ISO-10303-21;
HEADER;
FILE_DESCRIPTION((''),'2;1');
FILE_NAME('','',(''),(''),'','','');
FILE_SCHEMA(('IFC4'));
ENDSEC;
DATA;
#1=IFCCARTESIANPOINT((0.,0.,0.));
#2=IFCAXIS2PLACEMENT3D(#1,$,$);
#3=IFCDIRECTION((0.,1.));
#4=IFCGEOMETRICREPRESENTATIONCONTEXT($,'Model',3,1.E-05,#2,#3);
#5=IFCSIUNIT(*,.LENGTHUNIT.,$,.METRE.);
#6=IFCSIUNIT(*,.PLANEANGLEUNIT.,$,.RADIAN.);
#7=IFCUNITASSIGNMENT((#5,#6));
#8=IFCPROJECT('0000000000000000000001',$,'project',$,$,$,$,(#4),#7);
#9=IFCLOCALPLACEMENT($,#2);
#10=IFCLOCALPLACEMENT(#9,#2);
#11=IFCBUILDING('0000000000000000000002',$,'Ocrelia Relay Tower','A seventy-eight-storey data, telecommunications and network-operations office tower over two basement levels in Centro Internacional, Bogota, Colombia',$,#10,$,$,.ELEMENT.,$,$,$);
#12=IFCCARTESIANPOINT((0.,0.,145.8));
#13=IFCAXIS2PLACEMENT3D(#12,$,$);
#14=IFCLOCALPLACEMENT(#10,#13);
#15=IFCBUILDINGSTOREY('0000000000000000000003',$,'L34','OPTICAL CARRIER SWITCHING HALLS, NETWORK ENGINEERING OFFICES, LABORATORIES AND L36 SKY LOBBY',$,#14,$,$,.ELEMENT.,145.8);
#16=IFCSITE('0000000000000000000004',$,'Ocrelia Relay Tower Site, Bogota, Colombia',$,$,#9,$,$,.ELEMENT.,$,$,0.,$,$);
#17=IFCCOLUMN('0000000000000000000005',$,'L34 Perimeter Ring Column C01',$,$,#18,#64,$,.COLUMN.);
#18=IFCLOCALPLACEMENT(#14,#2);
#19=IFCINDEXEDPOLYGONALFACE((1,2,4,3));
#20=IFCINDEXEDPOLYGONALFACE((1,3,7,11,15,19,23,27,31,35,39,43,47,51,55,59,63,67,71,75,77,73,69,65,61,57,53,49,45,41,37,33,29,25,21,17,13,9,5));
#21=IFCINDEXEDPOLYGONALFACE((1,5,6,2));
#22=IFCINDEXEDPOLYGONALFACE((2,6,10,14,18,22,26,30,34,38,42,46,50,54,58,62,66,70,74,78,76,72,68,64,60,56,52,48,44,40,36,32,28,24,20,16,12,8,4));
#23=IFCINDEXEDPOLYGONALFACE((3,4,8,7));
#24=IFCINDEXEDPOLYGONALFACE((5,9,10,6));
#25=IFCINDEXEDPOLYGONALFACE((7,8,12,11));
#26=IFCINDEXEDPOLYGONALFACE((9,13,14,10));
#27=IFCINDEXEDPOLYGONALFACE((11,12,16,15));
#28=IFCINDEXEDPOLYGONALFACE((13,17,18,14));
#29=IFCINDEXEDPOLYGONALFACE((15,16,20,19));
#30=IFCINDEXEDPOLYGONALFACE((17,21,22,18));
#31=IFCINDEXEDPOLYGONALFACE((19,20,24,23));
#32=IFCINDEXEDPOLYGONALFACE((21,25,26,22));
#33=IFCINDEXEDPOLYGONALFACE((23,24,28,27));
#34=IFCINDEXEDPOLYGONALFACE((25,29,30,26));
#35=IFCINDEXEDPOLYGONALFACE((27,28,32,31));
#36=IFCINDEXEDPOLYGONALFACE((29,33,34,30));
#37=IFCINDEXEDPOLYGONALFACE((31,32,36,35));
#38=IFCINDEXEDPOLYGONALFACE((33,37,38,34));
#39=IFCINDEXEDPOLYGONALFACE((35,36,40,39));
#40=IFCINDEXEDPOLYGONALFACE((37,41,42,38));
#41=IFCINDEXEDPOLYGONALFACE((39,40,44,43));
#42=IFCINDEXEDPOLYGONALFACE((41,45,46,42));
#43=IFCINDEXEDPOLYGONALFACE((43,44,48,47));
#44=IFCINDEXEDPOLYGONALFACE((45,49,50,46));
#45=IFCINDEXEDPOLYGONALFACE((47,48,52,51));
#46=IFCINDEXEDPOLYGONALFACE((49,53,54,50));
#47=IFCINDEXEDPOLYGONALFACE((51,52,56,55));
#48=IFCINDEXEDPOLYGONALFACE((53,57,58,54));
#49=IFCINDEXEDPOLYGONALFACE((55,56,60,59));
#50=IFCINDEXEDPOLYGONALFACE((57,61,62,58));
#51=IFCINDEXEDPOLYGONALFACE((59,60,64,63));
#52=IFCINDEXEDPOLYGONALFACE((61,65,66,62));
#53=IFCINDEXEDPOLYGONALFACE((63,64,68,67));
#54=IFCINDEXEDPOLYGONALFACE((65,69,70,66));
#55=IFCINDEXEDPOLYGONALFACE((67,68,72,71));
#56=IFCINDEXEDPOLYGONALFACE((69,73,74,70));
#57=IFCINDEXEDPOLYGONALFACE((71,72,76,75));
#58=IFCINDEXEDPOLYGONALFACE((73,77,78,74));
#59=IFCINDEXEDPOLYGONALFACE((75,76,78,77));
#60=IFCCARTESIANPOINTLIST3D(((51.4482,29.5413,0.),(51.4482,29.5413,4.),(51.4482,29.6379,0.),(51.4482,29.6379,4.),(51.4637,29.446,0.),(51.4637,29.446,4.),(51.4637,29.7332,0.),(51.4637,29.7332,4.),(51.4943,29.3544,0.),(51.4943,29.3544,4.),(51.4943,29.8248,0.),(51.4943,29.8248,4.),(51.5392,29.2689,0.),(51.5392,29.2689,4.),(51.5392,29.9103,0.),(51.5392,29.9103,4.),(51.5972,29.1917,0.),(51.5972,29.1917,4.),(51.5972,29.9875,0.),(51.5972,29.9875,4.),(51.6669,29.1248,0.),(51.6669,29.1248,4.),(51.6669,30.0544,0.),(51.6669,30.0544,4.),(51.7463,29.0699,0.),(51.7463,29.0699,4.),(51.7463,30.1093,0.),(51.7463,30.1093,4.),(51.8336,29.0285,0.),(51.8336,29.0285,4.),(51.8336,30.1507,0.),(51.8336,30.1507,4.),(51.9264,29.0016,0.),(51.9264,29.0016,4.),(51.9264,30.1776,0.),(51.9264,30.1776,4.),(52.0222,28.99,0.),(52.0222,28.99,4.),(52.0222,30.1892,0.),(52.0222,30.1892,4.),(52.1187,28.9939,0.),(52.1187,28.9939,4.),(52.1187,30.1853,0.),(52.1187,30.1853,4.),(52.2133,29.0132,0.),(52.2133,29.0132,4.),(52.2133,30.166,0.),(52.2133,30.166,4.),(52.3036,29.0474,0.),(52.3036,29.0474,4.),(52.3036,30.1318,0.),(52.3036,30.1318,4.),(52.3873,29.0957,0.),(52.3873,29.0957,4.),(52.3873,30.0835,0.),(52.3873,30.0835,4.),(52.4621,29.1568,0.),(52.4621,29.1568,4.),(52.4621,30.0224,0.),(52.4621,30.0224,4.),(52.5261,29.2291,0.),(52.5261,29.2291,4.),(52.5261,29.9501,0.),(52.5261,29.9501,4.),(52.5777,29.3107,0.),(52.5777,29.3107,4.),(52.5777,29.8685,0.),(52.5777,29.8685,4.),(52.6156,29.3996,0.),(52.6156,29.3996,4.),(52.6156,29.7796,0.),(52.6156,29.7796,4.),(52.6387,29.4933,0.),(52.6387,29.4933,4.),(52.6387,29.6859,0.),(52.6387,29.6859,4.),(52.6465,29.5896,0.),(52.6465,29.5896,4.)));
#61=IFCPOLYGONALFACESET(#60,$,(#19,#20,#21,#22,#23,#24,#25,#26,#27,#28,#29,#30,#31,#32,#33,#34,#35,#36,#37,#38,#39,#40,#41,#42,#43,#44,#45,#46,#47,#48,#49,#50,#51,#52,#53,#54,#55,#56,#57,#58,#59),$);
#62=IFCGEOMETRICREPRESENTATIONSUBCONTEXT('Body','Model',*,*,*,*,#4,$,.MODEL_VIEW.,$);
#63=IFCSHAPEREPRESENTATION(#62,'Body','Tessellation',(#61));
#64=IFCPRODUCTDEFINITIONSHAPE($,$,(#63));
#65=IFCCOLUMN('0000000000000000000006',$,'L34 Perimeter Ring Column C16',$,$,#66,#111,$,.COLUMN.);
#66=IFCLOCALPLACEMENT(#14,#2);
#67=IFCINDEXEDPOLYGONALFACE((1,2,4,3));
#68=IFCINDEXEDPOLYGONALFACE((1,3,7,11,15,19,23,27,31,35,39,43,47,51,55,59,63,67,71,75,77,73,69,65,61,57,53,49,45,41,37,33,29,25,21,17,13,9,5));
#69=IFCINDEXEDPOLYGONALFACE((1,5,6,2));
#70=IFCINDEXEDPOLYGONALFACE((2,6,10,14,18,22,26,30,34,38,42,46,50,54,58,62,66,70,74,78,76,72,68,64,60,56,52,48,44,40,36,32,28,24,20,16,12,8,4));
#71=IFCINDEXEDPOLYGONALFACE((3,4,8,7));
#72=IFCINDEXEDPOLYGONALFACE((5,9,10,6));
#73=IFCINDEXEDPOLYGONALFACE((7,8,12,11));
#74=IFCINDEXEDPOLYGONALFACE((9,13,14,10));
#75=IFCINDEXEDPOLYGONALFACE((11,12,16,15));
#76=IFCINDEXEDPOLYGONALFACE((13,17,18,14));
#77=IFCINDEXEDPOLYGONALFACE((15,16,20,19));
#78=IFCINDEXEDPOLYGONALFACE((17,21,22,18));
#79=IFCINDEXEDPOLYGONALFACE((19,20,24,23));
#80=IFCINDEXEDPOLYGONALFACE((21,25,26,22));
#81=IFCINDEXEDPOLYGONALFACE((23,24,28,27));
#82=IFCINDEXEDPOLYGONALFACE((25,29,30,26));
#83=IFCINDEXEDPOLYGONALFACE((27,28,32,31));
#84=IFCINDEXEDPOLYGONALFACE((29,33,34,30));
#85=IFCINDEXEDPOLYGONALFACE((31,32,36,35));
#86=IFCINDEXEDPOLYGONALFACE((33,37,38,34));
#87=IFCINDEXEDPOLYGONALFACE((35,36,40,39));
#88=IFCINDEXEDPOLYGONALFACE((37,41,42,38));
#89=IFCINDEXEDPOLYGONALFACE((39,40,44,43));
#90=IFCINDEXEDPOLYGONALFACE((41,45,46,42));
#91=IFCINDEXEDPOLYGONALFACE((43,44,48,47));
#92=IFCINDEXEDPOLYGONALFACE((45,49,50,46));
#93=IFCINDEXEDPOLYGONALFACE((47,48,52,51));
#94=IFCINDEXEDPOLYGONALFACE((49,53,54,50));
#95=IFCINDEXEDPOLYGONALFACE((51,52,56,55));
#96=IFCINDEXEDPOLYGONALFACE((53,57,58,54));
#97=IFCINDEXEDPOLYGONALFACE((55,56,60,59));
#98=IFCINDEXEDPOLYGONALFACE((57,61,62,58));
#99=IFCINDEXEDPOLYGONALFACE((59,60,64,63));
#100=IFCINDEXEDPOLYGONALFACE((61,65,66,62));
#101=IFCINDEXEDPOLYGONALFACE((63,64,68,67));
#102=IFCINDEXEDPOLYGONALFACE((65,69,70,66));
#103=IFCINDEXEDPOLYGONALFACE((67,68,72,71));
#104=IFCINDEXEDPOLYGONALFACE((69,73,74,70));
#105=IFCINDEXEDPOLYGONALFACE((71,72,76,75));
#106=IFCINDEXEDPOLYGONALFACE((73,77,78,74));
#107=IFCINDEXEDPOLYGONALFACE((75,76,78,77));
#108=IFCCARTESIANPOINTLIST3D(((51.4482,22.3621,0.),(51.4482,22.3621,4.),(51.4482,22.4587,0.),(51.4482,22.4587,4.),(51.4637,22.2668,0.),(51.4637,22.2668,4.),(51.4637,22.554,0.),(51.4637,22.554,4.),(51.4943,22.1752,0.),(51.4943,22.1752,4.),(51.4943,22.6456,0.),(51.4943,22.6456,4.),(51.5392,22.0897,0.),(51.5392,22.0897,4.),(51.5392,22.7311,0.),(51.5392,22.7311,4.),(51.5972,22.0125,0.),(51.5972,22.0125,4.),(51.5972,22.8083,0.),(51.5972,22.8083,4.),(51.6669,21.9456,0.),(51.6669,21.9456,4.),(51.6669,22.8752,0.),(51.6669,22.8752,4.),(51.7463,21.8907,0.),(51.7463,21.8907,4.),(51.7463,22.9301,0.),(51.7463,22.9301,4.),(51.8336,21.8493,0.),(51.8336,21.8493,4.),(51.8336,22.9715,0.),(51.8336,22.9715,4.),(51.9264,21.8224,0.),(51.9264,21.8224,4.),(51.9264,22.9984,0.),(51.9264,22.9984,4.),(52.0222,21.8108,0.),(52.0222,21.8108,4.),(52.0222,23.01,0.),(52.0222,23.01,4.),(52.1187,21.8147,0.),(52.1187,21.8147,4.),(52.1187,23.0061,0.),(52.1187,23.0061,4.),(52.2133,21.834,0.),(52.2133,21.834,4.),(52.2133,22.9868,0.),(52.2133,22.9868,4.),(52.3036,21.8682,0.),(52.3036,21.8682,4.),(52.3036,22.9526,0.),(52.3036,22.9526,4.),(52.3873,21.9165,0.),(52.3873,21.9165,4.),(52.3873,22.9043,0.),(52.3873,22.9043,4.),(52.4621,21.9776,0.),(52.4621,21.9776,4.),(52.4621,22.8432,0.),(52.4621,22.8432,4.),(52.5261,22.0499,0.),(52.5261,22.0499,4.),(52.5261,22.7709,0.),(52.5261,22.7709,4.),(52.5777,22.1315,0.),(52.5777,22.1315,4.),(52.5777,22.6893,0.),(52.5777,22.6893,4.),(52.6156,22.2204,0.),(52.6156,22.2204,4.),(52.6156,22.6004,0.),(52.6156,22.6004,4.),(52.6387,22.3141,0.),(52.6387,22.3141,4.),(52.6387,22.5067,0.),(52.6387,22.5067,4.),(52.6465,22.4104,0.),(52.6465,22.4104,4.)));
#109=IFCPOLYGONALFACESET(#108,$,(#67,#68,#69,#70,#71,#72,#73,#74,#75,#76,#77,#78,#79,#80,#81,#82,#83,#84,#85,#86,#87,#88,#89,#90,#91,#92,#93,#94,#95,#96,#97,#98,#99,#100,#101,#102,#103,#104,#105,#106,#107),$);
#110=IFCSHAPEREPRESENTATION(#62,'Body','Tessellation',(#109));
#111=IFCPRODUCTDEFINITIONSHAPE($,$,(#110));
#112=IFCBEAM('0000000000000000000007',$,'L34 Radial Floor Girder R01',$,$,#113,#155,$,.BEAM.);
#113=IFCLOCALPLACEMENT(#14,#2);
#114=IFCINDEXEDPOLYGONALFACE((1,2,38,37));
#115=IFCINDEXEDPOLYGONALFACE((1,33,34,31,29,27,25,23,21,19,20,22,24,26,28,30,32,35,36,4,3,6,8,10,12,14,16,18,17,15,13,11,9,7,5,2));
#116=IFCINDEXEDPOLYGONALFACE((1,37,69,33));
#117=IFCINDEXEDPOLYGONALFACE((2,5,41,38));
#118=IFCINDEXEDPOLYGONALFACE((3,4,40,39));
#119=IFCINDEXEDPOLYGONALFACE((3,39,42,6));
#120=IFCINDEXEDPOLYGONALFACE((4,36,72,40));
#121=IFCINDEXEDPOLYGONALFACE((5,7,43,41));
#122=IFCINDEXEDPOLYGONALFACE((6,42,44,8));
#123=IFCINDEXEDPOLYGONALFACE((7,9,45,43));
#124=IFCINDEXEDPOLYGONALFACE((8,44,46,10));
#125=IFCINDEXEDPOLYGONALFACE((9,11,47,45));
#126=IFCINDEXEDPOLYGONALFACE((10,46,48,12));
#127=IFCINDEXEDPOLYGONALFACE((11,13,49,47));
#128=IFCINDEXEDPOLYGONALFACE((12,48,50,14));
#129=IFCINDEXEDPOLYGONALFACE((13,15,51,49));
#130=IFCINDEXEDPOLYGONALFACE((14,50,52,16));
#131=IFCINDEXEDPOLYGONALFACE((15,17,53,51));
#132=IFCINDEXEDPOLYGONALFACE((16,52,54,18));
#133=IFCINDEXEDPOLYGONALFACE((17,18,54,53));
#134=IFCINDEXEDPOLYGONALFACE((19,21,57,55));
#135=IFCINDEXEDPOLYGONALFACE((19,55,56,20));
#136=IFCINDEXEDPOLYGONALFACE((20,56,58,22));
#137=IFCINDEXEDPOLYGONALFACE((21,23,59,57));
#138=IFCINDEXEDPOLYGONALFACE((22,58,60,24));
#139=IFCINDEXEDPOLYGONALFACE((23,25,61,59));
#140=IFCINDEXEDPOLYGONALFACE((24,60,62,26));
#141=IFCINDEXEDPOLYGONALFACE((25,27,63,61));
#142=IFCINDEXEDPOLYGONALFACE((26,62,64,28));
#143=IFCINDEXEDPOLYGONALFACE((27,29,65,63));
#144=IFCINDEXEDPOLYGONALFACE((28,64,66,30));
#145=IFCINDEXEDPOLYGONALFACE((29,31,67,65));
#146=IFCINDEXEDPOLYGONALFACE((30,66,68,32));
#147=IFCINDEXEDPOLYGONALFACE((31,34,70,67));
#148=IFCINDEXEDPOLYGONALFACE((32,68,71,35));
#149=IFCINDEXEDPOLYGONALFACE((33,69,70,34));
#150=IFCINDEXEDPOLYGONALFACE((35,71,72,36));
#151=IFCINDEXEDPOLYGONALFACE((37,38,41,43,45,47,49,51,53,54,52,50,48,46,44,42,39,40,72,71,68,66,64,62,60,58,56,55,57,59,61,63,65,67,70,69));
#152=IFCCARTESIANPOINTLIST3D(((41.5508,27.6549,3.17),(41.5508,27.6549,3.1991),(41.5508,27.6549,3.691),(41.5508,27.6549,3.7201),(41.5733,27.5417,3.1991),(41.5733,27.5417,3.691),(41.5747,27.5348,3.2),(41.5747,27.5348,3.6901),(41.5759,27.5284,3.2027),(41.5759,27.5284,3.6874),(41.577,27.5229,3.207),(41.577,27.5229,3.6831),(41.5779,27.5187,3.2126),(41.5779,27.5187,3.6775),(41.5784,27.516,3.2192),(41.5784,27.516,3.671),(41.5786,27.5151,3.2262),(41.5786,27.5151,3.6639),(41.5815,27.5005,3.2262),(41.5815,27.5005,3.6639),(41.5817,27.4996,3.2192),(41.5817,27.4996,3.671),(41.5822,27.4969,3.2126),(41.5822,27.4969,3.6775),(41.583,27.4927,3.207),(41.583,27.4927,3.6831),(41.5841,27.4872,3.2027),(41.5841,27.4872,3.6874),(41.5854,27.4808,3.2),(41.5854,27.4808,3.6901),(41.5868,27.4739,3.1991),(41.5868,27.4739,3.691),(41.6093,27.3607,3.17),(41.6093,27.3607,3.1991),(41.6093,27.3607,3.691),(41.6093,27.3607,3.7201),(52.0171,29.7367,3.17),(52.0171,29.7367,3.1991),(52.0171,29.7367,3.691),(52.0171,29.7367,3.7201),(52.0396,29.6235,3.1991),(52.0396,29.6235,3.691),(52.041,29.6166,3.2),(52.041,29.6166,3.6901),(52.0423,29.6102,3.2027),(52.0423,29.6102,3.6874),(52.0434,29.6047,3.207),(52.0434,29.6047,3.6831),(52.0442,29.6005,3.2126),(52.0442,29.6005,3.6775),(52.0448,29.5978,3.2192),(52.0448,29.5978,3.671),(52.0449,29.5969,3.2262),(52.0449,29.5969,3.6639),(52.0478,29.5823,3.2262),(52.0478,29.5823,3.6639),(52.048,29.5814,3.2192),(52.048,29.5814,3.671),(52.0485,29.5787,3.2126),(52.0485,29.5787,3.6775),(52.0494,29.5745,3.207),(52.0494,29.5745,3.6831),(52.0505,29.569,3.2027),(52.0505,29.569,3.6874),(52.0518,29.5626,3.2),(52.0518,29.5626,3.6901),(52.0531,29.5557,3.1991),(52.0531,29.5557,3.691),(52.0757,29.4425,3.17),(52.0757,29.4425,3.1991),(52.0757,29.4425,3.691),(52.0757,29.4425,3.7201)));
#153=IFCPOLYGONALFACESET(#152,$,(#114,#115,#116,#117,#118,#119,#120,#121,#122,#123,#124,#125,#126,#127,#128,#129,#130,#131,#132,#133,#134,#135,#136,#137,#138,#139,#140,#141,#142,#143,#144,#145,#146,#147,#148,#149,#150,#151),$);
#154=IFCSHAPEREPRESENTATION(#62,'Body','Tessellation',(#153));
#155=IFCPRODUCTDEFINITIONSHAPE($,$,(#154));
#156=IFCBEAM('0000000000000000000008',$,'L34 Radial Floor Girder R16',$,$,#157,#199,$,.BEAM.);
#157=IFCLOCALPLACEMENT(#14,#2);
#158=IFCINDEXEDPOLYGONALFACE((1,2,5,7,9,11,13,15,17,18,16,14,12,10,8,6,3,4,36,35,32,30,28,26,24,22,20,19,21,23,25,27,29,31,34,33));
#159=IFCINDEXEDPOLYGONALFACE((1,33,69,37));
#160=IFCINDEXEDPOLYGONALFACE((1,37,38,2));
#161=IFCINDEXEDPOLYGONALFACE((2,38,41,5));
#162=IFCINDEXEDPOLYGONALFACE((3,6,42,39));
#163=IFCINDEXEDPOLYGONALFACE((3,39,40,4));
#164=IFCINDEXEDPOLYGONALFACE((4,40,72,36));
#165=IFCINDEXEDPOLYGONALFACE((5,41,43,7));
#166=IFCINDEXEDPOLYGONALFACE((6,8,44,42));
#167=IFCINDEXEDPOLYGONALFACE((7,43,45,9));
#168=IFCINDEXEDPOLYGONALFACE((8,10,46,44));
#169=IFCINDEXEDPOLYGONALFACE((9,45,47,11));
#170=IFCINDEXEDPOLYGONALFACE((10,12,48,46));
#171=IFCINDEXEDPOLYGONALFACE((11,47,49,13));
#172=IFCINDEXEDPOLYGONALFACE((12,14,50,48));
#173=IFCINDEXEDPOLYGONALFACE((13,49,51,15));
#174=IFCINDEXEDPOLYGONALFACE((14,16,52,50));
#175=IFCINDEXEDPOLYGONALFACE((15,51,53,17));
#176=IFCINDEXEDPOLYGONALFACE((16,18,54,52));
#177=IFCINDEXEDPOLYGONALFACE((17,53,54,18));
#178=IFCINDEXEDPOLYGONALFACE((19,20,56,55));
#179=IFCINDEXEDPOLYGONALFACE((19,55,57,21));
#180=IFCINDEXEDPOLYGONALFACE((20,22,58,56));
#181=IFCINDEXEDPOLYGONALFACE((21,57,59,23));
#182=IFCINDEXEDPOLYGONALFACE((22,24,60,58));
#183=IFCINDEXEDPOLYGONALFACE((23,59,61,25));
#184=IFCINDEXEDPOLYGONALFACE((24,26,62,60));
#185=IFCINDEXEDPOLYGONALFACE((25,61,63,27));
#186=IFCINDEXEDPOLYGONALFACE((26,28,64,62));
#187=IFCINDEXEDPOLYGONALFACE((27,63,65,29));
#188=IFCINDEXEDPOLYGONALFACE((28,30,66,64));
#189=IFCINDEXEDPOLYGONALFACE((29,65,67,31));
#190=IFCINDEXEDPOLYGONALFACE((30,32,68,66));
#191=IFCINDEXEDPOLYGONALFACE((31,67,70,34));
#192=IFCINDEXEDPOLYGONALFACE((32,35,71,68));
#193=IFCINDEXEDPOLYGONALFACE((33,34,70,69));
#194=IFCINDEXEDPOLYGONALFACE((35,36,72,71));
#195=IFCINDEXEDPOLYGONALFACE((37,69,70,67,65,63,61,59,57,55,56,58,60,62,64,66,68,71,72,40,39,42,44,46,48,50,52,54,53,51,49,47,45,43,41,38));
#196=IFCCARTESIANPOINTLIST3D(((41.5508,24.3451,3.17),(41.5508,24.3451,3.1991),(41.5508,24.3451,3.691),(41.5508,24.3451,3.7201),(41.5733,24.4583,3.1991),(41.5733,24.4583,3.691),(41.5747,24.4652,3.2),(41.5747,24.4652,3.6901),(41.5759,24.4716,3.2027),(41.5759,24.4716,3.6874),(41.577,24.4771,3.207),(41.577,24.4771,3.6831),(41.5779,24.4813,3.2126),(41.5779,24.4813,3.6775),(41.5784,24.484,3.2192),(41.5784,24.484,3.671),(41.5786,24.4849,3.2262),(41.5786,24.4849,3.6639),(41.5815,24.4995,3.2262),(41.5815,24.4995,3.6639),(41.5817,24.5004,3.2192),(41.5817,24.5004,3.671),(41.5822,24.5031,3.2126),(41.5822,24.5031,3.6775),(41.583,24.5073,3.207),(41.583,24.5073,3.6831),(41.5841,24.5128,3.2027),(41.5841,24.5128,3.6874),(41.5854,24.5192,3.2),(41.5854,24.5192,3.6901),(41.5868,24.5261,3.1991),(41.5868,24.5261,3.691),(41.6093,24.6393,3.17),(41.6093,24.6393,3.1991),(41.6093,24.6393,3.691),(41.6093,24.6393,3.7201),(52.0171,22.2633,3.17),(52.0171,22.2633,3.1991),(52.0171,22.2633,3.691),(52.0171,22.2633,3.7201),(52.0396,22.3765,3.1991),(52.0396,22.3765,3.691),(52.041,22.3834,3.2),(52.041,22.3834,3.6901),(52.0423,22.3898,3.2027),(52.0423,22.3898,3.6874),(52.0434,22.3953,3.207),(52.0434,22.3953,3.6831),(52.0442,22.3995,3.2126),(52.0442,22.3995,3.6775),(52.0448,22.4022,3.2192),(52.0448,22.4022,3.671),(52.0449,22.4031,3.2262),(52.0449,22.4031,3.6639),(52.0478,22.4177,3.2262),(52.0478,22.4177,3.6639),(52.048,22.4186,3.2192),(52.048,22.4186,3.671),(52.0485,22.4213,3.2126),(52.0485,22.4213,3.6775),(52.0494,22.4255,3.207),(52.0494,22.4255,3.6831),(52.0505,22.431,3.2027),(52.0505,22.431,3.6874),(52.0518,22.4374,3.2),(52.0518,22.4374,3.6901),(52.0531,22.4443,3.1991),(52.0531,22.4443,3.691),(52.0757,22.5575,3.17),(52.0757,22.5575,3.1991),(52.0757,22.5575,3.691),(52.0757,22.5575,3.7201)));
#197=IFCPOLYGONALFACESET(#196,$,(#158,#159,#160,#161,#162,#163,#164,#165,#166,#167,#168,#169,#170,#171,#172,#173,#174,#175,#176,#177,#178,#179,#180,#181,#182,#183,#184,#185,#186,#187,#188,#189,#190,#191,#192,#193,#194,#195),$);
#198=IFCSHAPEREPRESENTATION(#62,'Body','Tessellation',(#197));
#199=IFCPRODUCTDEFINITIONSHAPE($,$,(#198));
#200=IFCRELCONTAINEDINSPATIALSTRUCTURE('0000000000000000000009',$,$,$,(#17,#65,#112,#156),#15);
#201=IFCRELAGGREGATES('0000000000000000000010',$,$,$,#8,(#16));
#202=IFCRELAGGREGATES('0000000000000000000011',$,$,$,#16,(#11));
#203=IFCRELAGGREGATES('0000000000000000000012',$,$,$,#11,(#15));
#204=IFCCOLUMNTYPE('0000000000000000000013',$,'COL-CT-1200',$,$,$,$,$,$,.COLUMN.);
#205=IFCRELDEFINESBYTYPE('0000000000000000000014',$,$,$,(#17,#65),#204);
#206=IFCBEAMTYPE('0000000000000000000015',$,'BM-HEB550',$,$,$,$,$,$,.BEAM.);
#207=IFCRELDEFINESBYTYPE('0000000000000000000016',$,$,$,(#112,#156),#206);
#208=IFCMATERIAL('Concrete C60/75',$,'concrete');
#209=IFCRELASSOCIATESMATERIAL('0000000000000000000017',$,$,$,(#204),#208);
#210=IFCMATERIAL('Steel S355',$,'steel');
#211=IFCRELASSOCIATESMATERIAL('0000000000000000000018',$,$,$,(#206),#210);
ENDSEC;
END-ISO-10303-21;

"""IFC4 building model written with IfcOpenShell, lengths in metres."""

from ifc_helpers import new_model, si_unit, direction, frame, origin, origin_2d, place, context, subcontext, project, spatial, circle, i_section, extrude, material, material_profile, profile_set, type_object, element, save


model = new_model("IFC4")

# Units and contexts
model_context = context("Model", 3, precision=1e-05, world=origin(), true_north=direction((0.0, 1.0)))
body_context = subcontext(model_context, "Body", "Model", "MODEL_VIEW")
ifc_project = project(units=[si_unit("LENGTHUNIT", "METRE"), si_unit("PLANEANGLEUNIT", "RADIAN")], contexts=[model_context])

# Site, building, storey
site_placement = place(None, origin())
site = spatial("IfcSite", under=ifc_project, at=site_placement, Name="Ocrelia Relay Tower Site, Bogota, Colombia", CompositionType="ELEMENT", RefElevation=0.0)
building_placement = place(site_placement, origin())
building = spatial("IfcBuilding", under=site, at=building_placement, Name="Ocrelia Relay Tower", Description="A seventy-eight-storey data, telecommunications and network-operations office tower over two basement levels in Centro Internacional, Bogota, Colombia", CompositionType="ELEMENT")
storey_placement = place(building_placement, frame((0.0, 0.0, 145.8)))
storey = spatial("IfcBuildingStorey", under=building, at=storey_placement, Name="L34", Description="OPTICAL CARRIER SWITCHING HALLS, NETWORK ENGINEERING OFFICES, LABORATORIES AND L36 SKY LOBBY", CompositionType="ELEMENT", Elevation=145.8)

# Columns
ifc_material_1 = material(Name="Concrete C60/75", Category="concrete")
ifc_material_profile_1 = material_profile(ifc_material_1, circle(Radius=0.6001, at=origin_2d()), Name="RC-CIR-1200")
ifc_profile_set_1 = profile_set([ifc_material_profile_1], Name="Concrete C60/75")
column_type = type_object("IfcColumnType", Name="COL-CT-1200", PredefinedType="COLUMN", material=ifc_profile_set_1)
for number, where, z_axis, x_axis, name in (
    (1, (52.0464, 29.5896, 0.0), (0.0, 0.0, 1.0), (1.0, 0.0, 0.0), "L34 Perimeter Ring Column C01"),
    (2, (52.0464, 22.4104, 0.0), (0.0, 0.0, 1.0), (1.0, 0.0, 0.0), "L34 Perimeter Ring Column C16"),
):
    element("IfcColumn", number, at=place(storey_placement, frame(where, z_axis=z_axis, x_axis=x_axis)), inside=storey, type_object=column_type, Name=name, PredefinedType="COLUMN", context=body_context, shape_type="SweptSolid", body=[
        extrude(circle(Radius=0.6001, at=origin_2d()), origin(), (0.0, 0.0, 1.0), 4.0),
    ])

# Beams
ifc_material_2 = material(Name="Steel S355", Category="steel")
ifc_material_profile_2 = material_profile(ifc_material_2, i_section(OverallWidth=0.3, OverallDepth=0.55, WebThickness=0.0149, FlangeThickness=0.0291, FilletRadius=0.0271, at=origin_2d()), Name="HEB 550")
ifc_profile_set_2 = profile_set([ifc_material_profile_2], Name="Steel S355")
beam_type_1 = type_object("IfcBeamType", Name="BM-HEB550", PredefinedType="BEAM", material=ifc_profile_set_2)
for number, where, z_axis, x_axis, name in (
    (3, (52.0464, 29.5896, 3.4451), (-0.980787, -0.195082, 0.0), (0.195082, -0.980787, 0.0), "L34 Radial Floor Girder R01"),
    (4, (52.0464, 22.4104, 3.4451), (-0.980787, 0.195082, 0.0), (-0.195082, -0.980787, 0.0), "L34 Radial Floor Girder R16"),
):
    element("IfcBeam", number, at=place(storey_placement, frame(where, z_axis=z_axis, x_axis=x_axis)), inside=storey, type_object=beam_type_1, Name=name, PredefinedType="BEAM", context=body_context, shape_type="SweptSolid", body=[
        extrude(i_section(OverallWidth=0.3, OverallDepth=0.55, WebThickness=0.0149, FlangeThickness=0.0291, FilletRadius=0.0271, at=origin_2d()), origin(), (0.0, 0.0, 1.0), 10.6714),
    ])

save(model, "model.ifc")
